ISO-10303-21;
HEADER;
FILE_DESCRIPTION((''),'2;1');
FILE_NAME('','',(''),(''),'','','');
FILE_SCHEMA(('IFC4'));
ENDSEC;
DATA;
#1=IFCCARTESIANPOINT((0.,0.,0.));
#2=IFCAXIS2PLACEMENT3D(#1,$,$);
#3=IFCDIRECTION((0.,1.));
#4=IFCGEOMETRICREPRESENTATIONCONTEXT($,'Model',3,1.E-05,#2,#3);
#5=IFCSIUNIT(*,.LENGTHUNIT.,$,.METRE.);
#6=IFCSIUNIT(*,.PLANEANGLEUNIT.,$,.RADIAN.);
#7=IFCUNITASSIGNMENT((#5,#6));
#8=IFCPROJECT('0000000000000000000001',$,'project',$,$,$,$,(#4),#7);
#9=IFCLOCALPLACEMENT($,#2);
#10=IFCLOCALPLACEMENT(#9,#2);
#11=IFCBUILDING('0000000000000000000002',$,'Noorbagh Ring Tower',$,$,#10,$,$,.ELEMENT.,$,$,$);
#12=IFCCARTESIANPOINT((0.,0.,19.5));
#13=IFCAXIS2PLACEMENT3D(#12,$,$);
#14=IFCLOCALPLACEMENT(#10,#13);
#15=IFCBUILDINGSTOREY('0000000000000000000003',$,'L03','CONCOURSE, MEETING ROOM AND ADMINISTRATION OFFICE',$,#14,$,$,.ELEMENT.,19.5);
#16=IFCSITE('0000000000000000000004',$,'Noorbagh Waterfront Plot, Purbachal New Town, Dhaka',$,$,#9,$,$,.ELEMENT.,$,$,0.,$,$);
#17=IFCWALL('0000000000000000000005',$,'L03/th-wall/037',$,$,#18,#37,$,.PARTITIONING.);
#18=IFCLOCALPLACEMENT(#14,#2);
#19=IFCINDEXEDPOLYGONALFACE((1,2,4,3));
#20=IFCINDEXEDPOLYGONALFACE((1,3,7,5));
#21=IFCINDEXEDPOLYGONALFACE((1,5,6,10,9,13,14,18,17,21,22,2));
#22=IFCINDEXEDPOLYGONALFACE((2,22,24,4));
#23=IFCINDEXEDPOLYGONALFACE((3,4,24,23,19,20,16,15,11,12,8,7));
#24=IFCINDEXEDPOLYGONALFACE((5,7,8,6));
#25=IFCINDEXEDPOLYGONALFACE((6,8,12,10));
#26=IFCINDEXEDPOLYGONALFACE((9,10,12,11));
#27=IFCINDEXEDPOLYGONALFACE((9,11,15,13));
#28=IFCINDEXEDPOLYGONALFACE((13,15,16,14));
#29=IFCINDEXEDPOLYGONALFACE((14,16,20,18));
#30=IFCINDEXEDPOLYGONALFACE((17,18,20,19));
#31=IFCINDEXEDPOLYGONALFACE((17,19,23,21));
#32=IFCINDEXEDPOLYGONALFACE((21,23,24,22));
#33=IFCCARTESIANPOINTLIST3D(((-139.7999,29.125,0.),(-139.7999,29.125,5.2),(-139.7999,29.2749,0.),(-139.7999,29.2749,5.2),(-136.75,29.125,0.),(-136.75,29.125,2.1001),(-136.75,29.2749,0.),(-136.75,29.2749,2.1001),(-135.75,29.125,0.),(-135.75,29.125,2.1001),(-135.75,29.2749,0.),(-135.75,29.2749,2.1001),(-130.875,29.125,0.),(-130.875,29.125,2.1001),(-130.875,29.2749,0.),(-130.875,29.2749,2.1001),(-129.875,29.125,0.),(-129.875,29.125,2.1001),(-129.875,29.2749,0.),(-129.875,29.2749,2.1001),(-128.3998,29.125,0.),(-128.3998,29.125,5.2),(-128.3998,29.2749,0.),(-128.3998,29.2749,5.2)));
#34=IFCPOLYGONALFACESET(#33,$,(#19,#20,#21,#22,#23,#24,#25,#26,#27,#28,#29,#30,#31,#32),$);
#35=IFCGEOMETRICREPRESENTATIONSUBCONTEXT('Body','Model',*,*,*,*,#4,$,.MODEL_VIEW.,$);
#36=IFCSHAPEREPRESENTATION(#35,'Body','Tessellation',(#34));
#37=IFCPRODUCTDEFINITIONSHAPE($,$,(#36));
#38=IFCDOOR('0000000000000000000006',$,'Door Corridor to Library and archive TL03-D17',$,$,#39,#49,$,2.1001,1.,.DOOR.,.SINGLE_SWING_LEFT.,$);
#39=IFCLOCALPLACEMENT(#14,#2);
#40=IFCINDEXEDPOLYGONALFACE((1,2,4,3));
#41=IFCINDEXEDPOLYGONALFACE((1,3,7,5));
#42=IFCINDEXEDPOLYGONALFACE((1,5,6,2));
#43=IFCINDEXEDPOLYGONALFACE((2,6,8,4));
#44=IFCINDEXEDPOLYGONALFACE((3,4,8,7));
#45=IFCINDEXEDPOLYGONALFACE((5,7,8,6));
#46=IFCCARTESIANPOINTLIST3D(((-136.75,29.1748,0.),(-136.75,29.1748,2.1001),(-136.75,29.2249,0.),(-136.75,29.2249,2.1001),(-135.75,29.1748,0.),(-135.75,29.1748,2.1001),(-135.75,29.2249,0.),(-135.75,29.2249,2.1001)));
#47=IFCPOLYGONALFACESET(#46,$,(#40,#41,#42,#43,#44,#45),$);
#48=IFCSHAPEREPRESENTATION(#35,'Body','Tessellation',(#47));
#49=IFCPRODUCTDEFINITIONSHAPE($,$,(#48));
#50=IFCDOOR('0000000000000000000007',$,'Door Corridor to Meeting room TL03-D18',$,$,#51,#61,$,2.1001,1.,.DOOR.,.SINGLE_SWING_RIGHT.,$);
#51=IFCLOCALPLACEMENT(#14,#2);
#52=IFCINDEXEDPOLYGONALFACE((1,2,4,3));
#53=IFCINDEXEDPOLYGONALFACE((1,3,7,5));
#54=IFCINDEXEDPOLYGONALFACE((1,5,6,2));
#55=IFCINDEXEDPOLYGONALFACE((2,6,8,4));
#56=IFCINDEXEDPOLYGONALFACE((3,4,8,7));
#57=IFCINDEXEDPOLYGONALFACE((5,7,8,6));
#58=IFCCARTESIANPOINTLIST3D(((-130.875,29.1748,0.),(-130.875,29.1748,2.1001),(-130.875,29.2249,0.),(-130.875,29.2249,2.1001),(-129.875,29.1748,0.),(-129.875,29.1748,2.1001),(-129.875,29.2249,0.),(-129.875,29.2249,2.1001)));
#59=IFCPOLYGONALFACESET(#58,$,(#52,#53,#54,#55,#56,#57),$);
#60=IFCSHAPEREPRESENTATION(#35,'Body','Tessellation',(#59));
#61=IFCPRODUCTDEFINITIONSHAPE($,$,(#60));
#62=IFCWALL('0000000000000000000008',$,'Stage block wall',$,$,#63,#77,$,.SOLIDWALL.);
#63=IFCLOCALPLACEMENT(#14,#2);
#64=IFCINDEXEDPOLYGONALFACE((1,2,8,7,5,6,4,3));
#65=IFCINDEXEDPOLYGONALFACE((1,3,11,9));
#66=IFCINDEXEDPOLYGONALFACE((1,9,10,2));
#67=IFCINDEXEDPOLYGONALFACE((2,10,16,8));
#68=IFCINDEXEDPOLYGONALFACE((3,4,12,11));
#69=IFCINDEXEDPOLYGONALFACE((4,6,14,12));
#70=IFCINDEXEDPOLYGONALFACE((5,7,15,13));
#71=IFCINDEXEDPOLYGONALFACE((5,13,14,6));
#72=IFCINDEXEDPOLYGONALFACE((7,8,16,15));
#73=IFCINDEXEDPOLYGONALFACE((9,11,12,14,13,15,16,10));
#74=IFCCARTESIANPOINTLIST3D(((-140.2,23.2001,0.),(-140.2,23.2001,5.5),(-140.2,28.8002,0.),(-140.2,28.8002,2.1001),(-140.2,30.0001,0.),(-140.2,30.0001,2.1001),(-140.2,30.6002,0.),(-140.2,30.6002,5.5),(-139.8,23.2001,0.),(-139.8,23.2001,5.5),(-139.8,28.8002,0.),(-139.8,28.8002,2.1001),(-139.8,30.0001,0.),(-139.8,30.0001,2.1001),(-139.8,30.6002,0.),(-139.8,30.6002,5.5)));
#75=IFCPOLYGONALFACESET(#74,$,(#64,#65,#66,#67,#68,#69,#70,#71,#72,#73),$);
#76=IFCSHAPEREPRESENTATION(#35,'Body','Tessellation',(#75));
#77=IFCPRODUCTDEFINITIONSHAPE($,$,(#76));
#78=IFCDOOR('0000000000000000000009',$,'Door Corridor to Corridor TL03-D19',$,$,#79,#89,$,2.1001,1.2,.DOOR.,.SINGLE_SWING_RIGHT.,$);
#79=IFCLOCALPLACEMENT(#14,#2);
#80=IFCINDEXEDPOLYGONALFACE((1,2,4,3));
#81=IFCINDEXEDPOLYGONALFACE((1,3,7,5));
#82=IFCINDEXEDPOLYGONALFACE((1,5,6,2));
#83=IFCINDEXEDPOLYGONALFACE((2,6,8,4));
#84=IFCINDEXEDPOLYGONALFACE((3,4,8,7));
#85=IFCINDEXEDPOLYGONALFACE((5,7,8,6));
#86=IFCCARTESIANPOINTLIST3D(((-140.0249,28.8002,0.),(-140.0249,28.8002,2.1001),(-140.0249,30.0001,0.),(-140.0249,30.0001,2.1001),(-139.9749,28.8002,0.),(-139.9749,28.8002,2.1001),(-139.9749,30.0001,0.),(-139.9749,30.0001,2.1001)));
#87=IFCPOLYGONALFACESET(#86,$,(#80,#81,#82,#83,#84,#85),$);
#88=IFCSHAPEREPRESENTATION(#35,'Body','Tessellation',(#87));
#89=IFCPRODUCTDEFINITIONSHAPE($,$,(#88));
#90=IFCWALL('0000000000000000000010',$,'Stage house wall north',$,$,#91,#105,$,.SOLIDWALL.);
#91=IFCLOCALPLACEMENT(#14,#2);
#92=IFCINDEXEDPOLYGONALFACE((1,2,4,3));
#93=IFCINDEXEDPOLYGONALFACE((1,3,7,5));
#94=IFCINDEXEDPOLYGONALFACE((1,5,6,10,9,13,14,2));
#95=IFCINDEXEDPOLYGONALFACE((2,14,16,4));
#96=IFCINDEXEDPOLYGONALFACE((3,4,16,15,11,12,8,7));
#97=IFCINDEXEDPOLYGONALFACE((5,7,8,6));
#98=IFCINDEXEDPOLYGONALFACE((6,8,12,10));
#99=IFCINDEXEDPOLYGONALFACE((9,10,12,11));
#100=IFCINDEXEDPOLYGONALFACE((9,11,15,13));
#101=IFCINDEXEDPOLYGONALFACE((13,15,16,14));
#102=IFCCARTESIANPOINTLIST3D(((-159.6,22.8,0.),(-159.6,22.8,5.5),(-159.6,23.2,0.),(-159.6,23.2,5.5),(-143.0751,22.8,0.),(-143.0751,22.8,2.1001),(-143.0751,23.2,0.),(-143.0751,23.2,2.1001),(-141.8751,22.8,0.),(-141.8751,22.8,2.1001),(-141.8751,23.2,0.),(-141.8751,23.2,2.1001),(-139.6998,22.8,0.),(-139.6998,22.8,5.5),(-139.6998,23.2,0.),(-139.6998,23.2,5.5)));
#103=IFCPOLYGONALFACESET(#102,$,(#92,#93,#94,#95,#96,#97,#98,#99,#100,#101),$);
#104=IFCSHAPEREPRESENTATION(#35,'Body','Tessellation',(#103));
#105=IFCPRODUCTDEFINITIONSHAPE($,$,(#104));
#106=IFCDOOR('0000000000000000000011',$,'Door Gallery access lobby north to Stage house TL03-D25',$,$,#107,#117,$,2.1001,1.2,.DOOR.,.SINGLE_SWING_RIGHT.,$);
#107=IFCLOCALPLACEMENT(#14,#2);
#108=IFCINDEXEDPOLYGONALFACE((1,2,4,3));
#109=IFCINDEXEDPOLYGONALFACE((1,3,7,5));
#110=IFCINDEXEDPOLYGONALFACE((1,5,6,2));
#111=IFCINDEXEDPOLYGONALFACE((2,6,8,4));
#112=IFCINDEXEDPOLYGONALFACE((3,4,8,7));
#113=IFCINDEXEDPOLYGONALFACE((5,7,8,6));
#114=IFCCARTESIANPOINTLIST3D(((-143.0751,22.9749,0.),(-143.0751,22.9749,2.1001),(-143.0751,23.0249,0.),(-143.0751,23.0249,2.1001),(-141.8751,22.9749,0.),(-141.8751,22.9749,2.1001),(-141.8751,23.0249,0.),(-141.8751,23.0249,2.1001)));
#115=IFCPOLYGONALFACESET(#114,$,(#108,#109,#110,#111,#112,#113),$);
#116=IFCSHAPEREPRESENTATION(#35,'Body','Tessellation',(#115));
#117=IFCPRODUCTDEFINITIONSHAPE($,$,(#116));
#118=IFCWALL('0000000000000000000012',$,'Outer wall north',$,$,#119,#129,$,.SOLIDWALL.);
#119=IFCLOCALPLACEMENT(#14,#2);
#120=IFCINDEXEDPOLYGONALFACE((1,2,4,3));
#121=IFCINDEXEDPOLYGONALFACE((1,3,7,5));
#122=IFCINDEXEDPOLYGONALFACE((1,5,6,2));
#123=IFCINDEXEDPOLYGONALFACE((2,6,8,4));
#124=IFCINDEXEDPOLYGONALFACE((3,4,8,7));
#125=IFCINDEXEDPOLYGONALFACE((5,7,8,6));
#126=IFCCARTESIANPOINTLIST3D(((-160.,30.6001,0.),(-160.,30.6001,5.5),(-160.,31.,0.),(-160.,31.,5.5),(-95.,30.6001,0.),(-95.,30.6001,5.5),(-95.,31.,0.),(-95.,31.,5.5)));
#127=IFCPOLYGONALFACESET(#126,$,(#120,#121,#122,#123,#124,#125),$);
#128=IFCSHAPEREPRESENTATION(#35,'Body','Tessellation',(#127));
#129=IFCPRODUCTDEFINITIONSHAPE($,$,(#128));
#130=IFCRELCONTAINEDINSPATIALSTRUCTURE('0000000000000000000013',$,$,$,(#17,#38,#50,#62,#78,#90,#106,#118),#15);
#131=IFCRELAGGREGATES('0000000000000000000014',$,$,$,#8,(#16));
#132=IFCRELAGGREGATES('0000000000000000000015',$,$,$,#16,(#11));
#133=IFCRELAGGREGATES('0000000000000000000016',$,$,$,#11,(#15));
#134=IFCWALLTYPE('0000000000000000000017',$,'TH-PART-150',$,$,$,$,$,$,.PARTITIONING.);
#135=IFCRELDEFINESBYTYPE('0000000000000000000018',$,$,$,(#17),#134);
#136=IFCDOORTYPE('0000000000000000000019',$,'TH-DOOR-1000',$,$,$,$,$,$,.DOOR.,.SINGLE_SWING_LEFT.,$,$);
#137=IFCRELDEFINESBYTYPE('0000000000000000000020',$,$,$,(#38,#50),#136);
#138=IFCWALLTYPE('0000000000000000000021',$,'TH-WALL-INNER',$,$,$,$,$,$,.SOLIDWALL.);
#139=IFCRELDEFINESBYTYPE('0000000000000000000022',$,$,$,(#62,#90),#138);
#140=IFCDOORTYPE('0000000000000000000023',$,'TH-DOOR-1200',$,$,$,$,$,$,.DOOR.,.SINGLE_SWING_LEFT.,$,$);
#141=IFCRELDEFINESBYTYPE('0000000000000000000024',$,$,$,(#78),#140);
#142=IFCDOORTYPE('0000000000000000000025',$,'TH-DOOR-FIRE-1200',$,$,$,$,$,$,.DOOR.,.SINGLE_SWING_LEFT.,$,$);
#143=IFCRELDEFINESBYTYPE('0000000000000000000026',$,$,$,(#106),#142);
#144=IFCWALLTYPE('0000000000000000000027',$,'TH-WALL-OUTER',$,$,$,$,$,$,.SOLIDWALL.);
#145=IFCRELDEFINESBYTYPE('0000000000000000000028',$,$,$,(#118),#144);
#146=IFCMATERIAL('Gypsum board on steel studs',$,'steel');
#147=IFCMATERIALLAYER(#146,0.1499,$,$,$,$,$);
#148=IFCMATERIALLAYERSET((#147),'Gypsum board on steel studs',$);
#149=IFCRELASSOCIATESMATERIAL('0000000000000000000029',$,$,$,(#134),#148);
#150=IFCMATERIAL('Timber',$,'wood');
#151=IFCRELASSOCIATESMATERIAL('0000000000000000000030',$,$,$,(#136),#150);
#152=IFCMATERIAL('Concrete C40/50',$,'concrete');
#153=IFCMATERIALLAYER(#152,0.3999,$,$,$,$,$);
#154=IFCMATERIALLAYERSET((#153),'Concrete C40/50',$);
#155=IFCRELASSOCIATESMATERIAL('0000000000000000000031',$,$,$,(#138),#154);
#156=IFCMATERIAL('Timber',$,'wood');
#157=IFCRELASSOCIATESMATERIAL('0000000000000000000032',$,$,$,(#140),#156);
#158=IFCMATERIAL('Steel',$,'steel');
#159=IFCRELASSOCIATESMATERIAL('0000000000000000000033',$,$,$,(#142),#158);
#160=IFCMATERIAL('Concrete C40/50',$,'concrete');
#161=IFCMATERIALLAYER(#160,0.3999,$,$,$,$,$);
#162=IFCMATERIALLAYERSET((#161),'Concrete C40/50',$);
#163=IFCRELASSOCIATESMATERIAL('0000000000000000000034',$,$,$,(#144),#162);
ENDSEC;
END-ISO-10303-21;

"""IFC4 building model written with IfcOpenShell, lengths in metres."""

from ifc_helpers import new_model, si_unit, direction, frame, frame_2d, origin, place, context, subcontext, project, spatial, rectangle, extrude, material, layer, layer_set, type_object, element, fill, save


model = new_model("IFC4")

# Units and contexts
model_context = context("Model", 3, precision=1e-05, world=origin(), true_north=direction((0.0, 1.0)))
body_context = subcontext(model_context, "Body", "Model", "MODEL_VIEW")
ifc_project = project(units=[si_unit("LENGTHUNIT", "METRE"), si_unit("PLANEANGLEUNIT", "RADIAN")], contexts=[model_context])

# Site, building, storey
site_placement = place(None, origin())
site = spatial("IfcSite", under=ifc_project, at=site_placement, Name="Noorbagh Waterfront Plot, Purbachal New Town, Dhaka", CompositionType="ELEMENT", RefElevation=0.0)
building_placement = place(site_placement, origin())
building = spatial("IfcBuilding", under=site, at=building_placement, Name="Noorbagh Ring Tower", CompositionType="ELEMENT")
storey_placement = place(building_placement, frame((0.0, 0.0, 19.5)))
storey = spatial("IfcBuildingStorey", under=building, at=storey_placement, Name="L03", Description="CONCOURSE, MEETING ROOM AND ADMINISTRATION OFFICE", CompositionType="ELEMENT", Elevation=19.5)

# Wall, openings, doors
ifc_material_1 = material(Name="Gypsum board on steel studs", Category="steel")
ifc_layer_1 = layer(ifc_material_1, 0.1499)
ifc_layer_set_1 = layer_set([ifc_layer_1], Name="Gypsum board on steel studs")
wall_type_1 = type_object("IfcWallType", Name="TH-PART-150", PredefinedType="PARTITIONING", material=ifc_layer_set_1)
ifc_material_2 = material(Name="Timber", Category="wood")
door_type_1 = type_object("IfcDoorType", Name="TH-DOOR-1000", OperationType="SINGLE_SWING_LEFT", PredefinedType="DOOR", material=ifc_material_2)
wall_1_placement = place(storey_placement, frame((-139.8, 29.2, 0.0), z_axis=(0.0, 0.0, 1.0), x_axis=(1.0, 0.0, 0.0)))
wall_1 = element("IfcWall", 1, at=wall_1_placement, inside=storey, type_object=wall_type_1, Name="L03/th-wall/037", PredefinedType="PARTITIONING", context=body_context, shape_type="SweptSolid", body=[
    extrude(rectangle(XDim=11.4001, YDim=0.1499, at=frame_2d((5.7002, 0.0))), origin(), (0.0, 0.0, 1.0), 5.2),
])
opening_1_placement = place(wall_1_placement, frame((3.05, 0.0, 0.0)))
opening_1 = element("IfcOpeningElement", 2, at=opening_1_placement, cuts=wall_1, PredefinedType="OPENING", context=body_context, shape_type="SweptSolid", body=[
    extrude(rectangle(XDim=1.0, YDim=2.1001, at=frame_2d((0.5, 1.05))), frame((0.0, 0.085, 0.0), z_axis=(0.0, -1.0, 0.0), x_axis=(1.0, 0.0, 0.0)), (0.0, 0.0, 1.0), 0.1699),
])
opening_2_placement = place(wall_1_placement, frame((8.925, 0.0, 0.0)))
opening_2 = element("IfcOpeningElement", 3, at=opening_2_placement, cuts=wall_1, PredefinedType="OPENING", context=body_context, shape_type="SweptSolid", body=[
    extrude(rectangle(XDim=1.0, YDim=2.1001, at=frame_2d((0.5, 1.05))), frame((0.0, 0.085, 0.0), z_axis=(0.0, -1.0, 0.0), x_axis=(1.0, 0.0, 0.0)), (0.0, 0.0, 1.0), 0.1699),
])
door_1_placement = place(opening_1_placement, origin())
door_1 = element("IfcDoor", 4, at=door_1_placement, inside=storey, type_object=door_type_1, Name="Door Corridor to Library and archive TL03-D17", OperationType="SINGLE_SWING_LEFT", OverallHeight=2.1001, OverallWidth=1.0, PredefinedType="DOOR", context=body_context, shape_type="SweptSolid", body=[
    extrude(rectangle(XDim=1.0, YDim=2.1001, at=frame_2d((0.5, 1.05))), frame((0.0, 0.0249, 0.0), z_axis=(0.0, -1.0, 0.0), x_axis=(1.0, 0.0, 0.0)), (0.0, 0.0, 1.0), 0.05),
])
fill(opening_1, door_1)
door_2_placement = place(opening_2_placement, origin())
door_2 = element("IfcDoor", 5, at=door_2_placement, inside=storey, type_object=door_type_1, Name="Door Corridor to Meeting room TL03-D18", OperationType="SINGLE_SWING_RIGHT", OverallHeight=2.1001, OverallWidth=1.0, PredefinedType="DOOR", context=body_context, shape_type="SweptSolid", body=[
    extrude(rectangle(XDim=1.0, YDim=2.1001, at=frame_2d((0.5, 1.05))), frame((0.0, 0.0249, 0.0), z_axis=(0.0, -1.0, 0.0), x_axis=(1.0, 0.0, 0.0)), (0.0, 0.0, 1.0), 0.05),
])
fill(opening_2, door_2)

# Walls, openings, doors
ifc_material_3 = material(Name="Concrete C40/50", Category="concrete")
ifc_layer_2 = layer(ifc_material_3, 0.3999)
ifc_layer_set_2 = layer_set([ifc_layer_2], Name="Concrete C40/50")
wall_type_2 = type_object("IfcWallType", Name="TH-WALL-INNER", PredefinedType="SOLIDWALL", material=ifc_layer_set_2)
wall_2_placement = place(storey_placement, frame((-140.0, 23.2, 0.0), z_axis=(0.0, 0.0, 1.0), x_axis=(0.0, 1.0, 0.0)))
wall_2 = element("IfcWall", 6, at=wall_2_placement, inside=storey, type_object=wall_type_2, Name="Stage block wall", PredefinedType="SOLIDWALL", context=body_context, shape_type="SweptSolid", body=[
    extrude(rectangle(XDim=7.4001, YDim=0.3999, at=frame_2d((3.7002, 0.0))), origin(), (0.0, 0.0, 1.0), 5.5),
])
opening_3_placement = place(wall_2_placement, frame((5.6001, 0.0, 0.0)))
opening_3 = element("IfcOpeningElement", 7, at=opening_3_placement, cuts=wall_2, PredefinedType="OPENING", context=body_context, shape_type="SweptSolid", body=[
    extrude(rectangle(XDim=1.2, YDim=2.1001, at=frame_2d((0.6001, 1.05))), frame((0.0, 0.21, 0.0), z_axis=(0.0, -1.0, 0.0), x_axis=(1.0, 0.0, 0.0)), (0.0, 0.0, 1.0), 0.4199),
])
ifc_material_4 = material(Name="Timber", Category="wood")
door_type_2 = type_object("IfcDoorType", Name="TH-DOOR-1200", OperationType="SINGLE_SWING_LEFT", PredefinedType="DOOR", material=ifc_material_4)
door_3_placement = place(opening_3_placement, origin())
door_3 = element("IfcDoor", 8, at=door_3_placement, inside=storey, type_object=door_type_2, Name="Door Corridor to Corridor TL03-D19", OperationType="SINGLE_SWING_RIGHT", OverallHeight=2.1001, OverallWidth=1.2, PredefinedType="DOOR", context=body_context, shape_type="SweptSolid", body=[
    extrude(rectangle(XDim=1.2, YDim=2.1001, at=frame_2d((0.6001, 1.05))), frame((0.0, 0.0249, 0.0), z_axis=(0.0, -1.0, 0.0), x_axis=(1.0, 0.0, 0.0)), (0.0, 0.0, 1.0), 0.05),
])
fill(opening_3, door_3)
wall_3_placement = place(storey_placement, frame((-159.6001, 23.0, 0.0), z_axis=(0.0, 0.0, 1.0), x_axis=(1.0, 0.0, 0.0)))
wall_3 = element("IfcWall", 9, at=wall_3_placement, inside=storey, type_object=wall_type_2, Name="Stage house wall north", PredefinedType="SOLIDWALL", context=body_context, shape_type="SweptSolid", body=[
    extrude(rectangle(XDim=19.9001, YDim=0.3999, at=frame_2d((9.9502, 0.0))), origin(), (0.0, 0.0, 1.0), 5.5),
])
opening_4_placement = place(wall_3_placement, frame((16.5249, 0.0, 0.0)))
opening_4 = element("IfcOpeningElement", 10, at=opening_4_placement, cuts=wall_3, PredefinedType="OPENING", context=body_context, shape_type="SweptSolid", body=[
    extrude(rectangle(XDim=1.2, YDim=2.1001, at=frame_2d((0.6001, 1.05))), frame((0.0, 0.21, 0.0), z_axis=(0.0, -1.0, 0.0), x_axis=(1.0, 0.0, 0.0)), (0.0, 0.0, 1.0), 0.4199),
])
ifc_material_5 = material(Name="Steel", Category="steel")
door_type_3 = type_object("IfcDoorType", Name="TH-DOOR-FIRE-1200", OperationType="SINGLE_SWING_LEFT", PredefinedType="DOOR", material=ifc_material_5)
door_4_placement = place(opening_4_placement, origin())
door_4 = element("IfcDoor", 11, at=door_4_placement, inside=storey, type_object=door_type_3, Name="Door Gallery access lobby north to Stage house TL03-D25", OperationType="SINGLE_SWING_RIGHT", OverallHeight=2.1001, OverallWidth=1.2, PredefinedType="DOOR", context=body_context, shape_type="SweptSolid", body=[
    extrude(rectangle(XDim=1.2, YDim=2.1001, at=frame_2d((0.6001, 1.05))), frame((0.0, 0.0249, 0.0), z_axis=(0.0, -1.0, 0.0), x_axis=(1.0, 0.0, 0.0)), (0.0, 0.0, 1.0), 0.05),
])
fill(opening_4, door_4)

# Wall
ifc_material_6 = material(Name="Concrete C40/50", Category="concrete")
ifc_layer_3 = layer(ifc_material_6, 0.3999)
ifc_layer_set_3 = layer_set([ifc_layer_3], Name="Concrete C40/50")
wall_type_3 = type_object("IfcWallType", Name="TH-WALL-OUTER", PredefinedType="SOLIDWALL", material=ifc_layer_set_3)
wall_4_placement = place(storey_placement, frame((-160.0, 30.8, 0.0), z_axis=(0.0, 0.0, 1.0), x_axis=(1.0, 0.0, 0.0)))
element("IfcWall", 12, at=wall_4_placement, inside=storey, type_object=wall_type_3, Name="Outer wall north", PredefinedType="SOLIDWALL", context=body_context, shape_type="SweptSolid", body=[
    extrude(rectangle(XDim=65.0, YDim=0.3999, at=frame_2d((32.5, 0.0))), origin(), (0.0, 0.0, 1.0), 5.5),
])

save(model, "model.ifc")
